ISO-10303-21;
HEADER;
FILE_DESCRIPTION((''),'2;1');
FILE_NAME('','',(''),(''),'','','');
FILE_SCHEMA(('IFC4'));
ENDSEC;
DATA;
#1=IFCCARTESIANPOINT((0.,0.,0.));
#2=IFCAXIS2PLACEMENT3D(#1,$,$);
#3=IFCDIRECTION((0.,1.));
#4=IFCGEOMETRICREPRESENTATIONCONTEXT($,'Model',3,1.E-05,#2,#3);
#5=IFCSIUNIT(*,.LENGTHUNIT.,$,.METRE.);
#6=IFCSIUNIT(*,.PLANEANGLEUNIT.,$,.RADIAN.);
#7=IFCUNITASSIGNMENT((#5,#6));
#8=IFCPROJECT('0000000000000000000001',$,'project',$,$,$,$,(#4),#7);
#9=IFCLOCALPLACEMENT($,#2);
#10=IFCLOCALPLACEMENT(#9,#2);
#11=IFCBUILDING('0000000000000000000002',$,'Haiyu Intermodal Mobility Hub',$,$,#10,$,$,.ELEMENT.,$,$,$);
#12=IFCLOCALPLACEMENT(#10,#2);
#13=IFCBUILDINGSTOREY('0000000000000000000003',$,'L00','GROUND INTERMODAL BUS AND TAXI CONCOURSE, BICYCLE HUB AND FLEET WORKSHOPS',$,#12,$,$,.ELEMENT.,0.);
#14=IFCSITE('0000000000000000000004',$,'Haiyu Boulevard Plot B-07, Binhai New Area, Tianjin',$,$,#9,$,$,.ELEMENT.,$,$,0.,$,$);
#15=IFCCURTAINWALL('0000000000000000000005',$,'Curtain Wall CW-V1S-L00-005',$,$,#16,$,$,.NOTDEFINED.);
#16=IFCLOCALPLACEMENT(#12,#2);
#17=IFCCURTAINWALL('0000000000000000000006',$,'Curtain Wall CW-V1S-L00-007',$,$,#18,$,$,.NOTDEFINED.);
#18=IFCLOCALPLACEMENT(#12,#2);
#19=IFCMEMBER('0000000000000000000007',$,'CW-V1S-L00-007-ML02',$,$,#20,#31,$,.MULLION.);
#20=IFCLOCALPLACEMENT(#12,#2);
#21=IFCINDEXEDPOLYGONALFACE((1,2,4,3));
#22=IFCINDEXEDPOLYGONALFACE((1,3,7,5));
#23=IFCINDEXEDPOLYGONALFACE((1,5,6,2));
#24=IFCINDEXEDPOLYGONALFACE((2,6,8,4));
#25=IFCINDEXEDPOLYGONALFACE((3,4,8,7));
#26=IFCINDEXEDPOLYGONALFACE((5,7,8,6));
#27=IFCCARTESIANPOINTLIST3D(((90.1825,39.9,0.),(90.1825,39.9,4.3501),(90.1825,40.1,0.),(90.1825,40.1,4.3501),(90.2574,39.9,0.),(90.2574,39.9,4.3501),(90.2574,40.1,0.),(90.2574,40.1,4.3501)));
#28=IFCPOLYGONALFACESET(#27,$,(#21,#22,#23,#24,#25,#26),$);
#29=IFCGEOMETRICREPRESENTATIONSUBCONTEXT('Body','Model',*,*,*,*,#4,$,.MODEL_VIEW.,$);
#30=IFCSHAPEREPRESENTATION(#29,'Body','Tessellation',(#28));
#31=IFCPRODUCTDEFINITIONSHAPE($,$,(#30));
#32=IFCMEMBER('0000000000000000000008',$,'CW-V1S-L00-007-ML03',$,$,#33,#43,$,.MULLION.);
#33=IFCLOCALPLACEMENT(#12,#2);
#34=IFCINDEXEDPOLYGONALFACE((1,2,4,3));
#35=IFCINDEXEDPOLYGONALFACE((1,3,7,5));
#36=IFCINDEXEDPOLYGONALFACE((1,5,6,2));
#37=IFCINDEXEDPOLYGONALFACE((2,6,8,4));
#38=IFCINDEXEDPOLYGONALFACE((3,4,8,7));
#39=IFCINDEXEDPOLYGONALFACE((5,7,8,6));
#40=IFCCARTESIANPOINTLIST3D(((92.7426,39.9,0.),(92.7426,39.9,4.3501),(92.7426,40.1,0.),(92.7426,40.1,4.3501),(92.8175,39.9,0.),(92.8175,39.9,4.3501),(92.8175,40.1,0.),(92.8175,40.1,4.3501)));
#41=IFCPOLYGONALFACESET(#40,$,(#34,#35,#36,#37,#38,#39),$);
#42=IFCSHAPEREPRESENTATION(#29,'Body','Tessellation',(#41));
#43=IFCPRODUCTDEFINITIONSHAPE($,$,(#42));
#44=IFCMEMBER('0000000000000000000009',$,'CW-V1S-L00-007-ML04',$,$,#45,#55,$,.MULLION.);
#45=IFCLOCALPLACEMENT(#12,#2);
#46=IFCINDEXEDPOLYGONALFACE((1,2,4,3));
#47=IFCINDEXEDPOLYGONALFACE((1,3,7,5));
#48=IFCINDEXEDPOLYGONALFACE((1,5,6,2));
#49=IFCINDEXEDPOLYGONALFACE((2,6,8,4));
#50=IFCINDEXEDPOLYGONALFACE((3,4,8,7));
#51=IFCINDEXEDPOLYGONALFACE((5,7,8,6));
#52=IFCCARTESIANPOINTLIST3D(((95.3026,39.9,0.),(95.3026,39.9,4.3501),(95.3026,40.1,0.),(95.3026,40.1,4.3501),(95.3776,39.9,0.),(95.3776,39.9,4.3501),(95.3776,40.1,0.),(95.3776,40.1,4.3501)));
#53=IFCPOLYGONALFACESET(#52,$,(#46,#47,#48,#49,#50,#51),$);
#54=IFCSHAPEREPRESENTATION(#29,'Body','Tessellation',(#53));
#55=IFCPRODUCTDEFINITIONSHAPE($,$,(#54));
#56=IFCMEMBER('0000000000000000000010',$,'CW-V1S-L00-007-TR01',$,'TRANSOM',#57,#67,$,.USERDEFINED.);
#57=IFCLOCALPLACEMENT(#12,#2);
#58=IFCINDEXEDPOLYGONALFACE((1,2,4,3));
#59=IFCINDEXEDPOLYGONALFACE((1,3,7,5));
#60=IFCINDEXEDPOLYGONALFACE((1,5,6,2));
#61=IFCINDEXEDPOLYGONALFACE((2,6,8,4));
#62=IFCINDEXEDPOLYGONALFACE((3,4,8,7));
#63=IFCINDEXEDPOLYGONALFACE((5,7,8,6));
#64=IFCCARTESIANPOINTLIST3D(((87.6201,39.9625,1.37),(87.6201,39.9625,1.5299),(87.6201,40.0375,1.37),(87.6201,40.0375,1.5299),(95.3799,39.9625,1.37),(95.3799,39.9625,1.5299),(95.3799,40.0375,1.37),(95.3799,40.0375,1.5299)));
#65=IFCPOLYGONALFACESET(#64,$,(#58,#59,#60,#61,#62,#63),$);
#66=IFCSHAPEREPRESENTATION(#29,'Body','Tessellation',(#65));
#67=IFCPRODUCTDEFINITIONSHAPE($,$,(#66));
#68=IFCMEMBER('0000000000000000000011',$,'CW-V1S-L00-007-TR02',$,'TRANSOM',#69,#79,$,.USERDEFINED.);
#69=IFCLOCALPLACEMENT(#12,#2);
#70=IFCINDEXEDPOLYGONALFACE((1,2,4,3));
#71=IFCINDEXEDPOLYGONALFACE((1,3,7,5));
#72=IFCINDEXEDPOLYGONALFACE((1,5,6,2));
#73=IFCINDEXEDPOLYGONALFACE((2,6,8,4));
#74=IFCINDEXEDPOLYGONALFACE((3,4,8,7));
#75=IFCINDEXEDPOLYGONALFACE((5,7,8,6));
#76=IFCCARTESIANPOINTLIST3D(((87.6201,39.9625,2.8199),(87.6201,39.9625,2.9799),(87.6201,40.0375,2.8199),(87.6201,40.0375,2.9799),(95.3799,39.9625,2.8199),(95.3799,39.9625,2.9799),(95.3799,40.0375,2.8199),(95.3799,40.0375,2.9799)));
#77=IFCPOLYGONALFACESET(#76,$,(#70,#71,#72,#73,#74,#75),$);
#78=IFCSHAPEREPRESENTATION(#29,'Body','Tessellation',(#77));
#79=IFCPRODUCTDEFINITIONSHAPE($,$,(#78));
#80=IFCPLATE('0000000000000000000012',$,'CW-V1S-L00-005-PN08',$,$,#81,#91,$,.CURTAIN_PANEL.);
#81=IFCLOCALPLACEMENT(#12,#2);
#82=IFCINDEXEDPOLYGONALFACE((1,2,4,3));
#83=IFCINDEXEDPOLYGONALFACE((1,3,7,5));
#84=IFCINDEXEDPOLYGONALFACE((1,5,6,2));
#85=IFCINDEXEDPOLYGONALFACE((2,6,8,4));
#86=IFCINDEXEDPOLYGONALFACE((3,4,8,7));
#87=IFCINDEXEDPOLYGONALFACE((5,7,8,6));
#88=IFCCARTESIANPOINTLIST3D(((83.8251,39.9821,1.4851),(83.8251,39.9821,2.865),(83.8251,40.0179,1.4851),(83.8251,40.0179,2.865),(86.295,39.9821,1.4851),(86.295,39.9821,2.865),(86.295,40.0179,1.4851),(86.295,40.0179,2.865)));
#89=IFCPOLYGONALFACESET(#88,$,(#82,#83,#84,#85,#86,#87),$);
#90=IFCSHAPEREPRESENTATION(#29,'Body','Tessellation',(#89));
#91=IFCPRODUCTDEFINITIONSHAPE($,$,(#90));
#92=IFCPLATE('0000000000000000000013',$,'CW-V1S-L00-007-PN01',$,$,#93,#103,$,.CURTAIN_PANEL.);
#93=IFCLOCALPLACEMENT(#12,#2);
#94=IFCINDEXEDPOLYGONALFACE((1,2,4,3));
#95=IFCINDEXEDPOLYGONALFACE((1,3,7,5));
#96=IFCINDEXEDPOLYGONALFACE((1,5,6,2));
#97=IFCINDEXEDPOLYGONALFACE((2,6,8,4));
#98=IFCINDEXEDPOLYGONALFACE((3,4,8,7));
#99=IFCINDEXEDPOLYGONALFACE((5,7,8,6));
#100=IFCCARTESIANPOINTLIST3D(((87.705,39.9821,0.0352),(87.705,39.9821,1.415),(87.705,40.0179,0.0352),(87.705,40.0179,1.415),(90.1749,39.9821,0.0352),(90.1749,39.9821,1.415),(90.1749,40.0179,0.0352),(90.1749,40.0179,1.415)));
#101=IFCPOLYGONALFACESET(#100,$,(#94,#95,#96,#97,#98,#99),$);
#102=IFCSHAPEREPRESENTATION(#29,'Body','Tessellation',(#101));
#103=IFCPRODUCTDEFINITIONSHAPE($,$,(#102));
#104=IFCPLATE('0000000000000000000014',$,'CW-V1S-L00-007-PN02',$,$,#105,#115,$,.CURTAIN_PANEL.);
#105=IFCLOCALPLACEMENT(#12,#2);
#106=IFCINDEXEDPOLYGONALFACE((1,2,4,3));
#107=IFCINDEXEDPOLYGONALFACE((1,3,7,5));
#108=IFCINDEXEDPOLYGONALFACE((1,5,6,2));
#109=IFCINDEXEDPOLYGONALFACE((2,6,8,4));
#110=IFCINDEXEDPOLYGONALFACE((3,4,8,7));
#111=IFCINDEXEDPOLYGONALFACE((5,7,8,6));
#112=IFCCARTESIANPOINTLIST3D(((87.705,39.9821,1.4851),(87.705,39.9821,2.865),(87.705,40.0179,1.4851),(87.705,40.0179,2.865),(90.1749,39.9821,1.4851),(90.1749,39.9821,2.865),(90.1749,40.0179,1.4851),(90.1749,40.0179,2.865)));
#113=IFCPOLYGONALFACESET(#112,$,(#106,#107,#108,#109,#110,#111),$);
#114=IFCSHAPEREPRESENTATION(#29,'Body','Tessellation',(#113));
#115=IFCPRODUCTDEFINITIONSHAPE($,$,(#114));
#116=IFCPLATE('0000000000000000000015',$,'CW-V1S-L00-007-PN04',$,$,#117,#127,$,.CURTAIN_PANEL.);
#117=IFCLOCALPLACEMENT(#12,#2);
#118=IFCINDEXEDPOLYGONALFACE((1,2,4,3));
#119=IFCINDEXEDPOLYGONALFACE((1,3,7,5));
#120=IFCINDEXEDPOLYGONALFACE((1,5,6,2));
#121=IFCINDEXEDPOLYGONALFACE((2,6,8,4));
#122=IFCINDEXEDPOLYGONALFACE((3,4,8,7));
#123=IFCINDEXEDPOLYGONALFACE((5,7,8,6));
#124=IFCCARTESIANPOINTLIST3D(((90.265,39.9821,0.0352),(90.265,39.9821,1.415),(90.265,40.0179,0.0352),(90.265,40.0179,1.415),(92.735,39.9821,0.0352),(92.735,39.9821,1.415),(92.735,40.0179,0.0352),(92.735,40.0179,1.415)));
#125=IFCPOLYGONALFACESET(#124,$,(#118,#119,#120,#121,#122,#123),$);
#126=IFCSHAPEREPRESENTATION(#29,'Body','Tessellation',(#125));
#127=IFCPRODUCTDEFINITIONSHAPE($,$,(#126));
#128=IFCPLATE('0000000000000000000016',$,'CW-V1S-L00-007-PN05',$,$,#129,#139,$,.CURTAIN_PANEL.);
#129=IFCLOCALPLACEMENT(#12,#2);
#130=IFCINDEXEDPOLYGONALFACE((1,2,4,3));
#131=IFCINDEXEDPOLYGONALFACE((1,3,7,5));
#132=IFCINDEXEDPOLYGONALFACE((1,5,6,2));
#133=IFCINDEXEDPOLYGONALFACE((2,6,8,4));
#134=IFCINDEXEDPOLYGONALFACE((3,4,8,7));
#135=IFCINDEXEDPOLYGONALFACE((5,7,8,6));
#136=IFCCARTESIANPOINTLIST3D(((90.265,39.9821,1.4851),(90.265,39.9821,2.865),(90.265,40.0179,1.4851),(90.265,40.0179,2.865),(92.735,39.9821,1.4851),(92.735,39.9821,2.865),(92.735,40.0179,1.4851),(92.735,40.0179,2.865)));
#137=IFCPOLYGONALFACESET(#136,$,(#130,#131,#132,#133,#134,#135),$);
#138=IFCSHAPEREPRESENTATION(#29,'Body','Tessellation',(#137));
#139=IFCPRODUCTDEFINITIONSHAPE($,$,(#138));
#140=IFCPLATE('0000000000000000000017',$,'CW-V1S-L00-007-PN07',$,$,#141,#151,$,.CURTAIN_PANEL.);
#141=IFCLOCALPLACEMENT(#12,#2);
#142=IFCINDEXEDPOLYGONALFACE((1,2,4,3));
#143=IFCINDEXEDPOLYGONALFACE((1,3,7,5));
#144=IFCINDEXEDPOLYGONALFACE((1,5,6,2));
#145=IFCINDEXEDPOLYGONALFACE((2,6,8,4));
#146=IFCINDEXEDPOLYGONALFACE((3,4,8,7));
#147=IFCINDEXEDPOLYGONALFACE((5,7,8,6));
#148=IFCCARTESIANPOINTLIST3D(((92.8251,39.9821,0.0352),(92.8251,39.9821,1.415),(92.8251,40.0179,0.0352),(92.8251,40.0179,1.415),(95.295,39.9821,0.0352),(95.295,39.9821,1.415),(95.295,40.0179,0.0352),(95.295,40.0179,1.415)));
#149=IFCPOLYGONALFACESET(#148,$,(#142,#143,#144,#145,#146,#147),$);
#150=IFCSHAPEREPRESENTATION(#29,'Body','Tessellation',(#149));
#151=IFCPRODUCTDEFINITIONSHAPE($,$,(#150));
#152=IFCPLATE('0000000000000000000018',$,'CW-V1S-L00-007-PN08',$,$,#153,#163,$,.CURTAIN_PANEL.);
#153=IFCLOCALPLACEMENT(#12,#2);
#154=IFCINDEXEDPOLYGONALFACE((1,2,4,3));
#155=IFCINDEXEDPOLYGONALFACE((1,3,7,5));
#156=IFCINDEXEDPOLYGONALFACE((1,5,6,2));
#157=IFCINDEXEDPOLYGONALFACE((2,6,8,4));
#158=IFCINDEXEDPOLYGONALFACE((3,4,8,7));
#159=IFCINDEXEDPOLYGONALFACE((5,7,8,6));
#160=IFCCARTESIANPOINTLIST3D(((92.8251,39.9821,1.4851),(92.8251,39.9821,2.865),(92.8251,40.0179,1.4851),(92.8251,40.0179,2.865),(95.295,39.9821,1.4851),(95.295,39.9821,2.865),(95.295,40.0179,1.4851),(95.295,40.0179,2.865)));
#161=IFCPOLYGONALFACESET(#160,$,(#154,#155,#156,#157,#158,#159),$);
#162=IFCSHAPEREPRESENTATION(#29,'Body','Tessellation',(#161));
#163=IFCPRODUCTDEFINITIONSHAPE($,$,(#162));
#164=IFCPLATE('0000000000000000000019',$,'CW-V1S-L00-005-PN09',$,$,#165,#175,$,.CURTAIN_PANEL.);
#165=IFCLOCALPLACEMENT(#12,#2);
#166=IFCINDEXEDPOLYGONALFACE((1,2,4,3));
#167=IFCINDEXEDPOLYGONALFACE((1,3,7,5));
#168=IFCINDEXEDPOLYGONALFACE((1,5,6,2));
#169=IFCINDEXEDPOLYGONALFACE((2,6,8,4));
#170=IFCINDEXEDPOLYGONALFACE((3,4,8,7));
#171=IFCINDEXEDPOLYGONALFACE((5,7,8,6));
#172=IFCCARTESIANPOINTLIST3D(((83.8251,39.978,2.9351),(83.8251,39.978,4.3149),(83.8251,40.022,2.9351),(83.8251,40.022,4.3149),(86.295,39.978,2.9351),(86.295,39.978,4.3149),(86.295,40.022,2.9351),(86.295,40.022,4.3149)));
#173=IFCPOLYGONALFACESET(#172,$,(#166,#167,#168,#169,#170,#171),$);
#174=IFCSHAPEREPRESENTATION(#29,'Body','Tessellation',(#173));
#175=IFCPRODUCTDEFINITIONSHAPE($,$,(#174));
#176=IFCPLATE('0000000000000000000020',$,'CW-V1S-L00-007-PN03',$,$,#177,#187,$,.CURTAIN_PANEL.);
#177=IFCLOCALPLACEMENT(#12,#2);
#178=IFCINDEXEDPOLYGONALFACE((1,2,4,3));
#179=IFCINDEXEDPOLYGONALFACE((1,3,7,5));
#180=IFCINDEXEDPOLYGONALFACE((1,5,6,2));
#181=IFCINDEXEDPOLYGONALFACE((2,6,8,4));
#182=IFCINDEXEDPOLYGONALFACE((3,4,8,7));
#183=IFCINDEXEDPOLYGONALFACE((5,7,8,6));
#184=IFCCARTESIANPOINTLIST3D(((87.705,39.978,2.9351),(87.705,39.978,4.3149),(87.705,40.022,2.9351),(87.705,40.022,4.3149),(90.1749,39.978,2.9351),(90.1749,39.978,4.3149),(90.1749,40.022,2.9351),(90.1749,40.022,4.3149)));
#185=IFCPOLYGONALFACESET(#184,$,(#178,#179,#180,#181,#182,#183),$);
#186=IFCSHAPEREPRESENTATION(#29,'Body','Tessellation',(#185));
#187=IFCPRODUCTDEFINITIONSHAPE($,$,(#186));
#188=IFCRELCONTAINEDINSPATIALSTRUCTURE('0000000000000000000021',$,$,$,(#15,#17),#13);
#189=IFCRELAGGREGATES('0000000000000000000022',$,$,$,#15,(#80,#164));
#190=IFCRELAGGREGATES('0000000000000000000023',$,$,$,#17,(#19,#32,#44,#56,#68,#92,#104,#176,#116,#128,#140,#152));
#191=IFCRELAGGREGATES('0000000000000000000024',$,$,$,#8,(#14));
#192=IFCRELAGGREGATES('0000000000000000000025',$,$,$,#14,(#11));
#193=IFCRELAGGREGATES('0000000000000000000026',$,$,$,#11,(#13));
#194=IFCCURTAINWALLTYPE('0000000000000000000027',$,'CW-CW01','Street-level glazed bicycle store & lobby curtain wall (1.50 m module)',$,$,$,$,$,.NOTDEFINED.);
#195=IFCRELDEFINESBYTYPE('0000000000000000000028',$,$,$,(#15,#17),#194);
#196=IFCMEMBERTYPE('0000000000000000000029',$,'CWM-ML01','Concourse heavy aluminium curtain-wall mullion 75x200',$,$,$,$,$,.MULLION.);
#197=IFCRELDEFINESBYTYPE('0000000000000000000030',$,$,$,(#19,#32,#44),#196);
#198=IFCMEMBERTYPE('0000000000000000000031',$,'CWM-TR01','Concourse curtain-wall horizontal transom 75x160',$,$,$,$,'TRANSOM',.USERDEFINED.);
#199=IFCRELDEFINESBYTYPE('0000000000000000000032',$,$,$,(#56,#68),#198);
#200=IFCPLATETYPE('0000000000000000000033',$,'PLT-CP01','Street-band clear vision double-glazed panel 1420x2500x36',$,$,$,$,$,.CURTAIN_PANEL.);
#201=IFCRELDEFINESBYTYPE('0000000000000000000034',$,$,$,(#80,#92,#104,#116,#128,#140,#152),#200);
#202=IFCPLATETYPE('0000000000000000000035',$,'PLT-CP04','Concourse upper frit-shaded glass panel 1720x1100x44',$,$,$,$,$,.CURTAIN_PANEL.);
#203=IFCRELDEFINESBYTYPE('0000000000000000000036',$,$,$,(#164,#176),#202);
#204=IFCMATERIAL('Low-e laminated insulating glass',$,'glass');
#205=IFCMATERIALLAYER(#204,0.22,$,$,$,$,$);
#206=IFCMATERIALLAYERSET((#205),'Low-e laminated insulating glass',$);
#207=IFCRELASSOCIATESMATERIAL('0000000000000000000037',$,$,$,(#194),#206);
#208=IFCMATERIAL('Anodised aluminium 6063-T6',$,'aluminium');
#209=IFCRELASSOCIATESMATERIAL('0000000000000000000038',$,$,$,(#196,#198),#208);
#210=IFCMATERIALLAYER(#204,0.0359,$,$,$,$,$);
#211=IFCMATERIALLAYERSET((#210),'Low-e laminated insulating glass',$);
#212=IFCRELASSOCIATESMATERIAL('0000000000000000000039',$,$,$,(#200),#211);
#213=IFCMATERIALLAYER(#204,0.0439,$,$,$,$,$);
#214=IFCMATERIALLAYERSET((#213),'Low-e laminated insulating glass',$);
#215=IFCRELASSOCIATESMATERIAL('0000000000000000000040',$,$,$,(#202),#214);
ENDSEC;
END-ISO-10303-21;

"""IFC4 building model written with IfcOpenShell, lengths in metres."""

from ifc_helpers import new_model, si_unit, direction, frame, origin, origin_2d, place, context, subcontext, project, spatial, rectangle, extrude, material, layer, layer_set, material_profile, profile_set, type_object, element, aggregate, save


model = new_model("IFC4")

# Units and contexts
model_context = context("Model", 3, precision=1e-05, world=origin(), true_north=direction((0.0, 1.0)))
body_context = subcontext(model_context, "Body", "Model", "MODEL_VIEW")
ifc_project = project(units=[si_unit("LENGTHUNIT", "METRE"), si_unit("PLANEANGLEUNIT", "RADIAN")], contexts=[model_context])

# Site, building, storey
site_placement = place(None, origin())
site = spatial("IfcSite", under=ifc_project, at=site_placement, Name="Haiyu Boulevard Plot B-07, Binhai New Area, Tianjin", CompositionType="ELEMENT", RefElevation=0.0)
building_placement = place(site_placement, origin())
building = spatial("IfcBuilding", under=site, at=building_placement, Name="Haiyu Intermodal Mobility Hub", CompositionType="ELEMENT")
storey_placement = place(building_placement, origin())
storey = spatial("IfcBuildingStorey", under=building, at=storey_placement, Name="L00", Description="GROUND INTERMODAL BUS AND TAXI CONCOURSE, BICYCLE HUB AND FLEET WORKSHOPS", CompositionType="ELEMENT", Elevation=0.0)

# Curtain wall
ifc_material_1 = material(Name="Low-e laminated insulating glass", Category="glass")
ifc_layer_1 = layer(ifc_material_1, 0.22)
ifc_layer_set_1 = layer_set([ifc_layer_1], Name="Low-e laminated insulating glass")
curtain_wall_type = type_object("IfcCurtainWallType", Name="CW-CW01", Description="Street-level glazed bicycle store & lobby curtain wall (1.50 m module)", PredefinedType="NOTDEFINED", material=ifc_layer_set_1)
curtain_wall_1_placement = place(storey_placement, origin())
curtain_wall_1 = element("IfcCurtainWall", 1, at=curtain_wall_1_placement, inside=storey, type_object=curtain_wall_type, Name="Curtain Wall CW-V1S-L00-005", PredefinedType="NOTDEFINED")
ifc_material_2 = material(Name="Anodised aluminium 6063-T6", Category="aluminium")
ifc_material_profile_1 = material_profile(ifc_material_2, rectangle(XDim=0.075, YDim=0.2, at=origin_2d()), Name="ALU75x200")
ifc_profile_set_1 = profile_set([ifc_material_profile_1], Name="Anodised aluminium 6063-T6")
member_type_1 = type_object("IfcMemberType", Name="CWM-ML01", Description="Concourse heavy aluminium curtain-wall mullion 75x200", PredefinedType="MULLION", material=ifc_profile_set_1)

# Curtain wall, members
curtain_wall_2_placement = place(storey_placement, origin())
curtain_wall_2 = element("IfcCurtainWall", 2, at=curtain_wall_2_placement, inside=storey, type_object=curtain_wall_type, Name="Curtain Wall CW-V1S-L00-007", PredefinedType="NOTDEFINED")
member_1_placement = place(storey_placement, frame((90.22, 40.0, 0.0), z_axis=(0.0, 0.0, 1.0), x_axis=(1.0, 0.0, 0.0)))
member_1 = element("IfcMember", 3, at=member_1_placement, type_object=member_type_1, Name="CW-V1S-L00-007-ML02", PredefinedType="MULLION", context=body_context, shape_type="SweptSolid", body=[
    extrude(rectangle(XDim=0.075, YDim=0.2, at=origin_2d()), origin(), (0.0, 0.0, 1.0), 4.3501),
])
member_2_placement = place(storey_placement, frame((92.78, 40.0, 0.0), z_axis=(0.0, 0.0, 1.0), x_axis=(1.0, 0.0, 0.0)))
member_2 = element("IfcMember", 4, at=member_2_placement, type_object=member_type_1, Name="CW-V1S-L00-007-ML03", PredefinedType="MULLION", context=body_context, shape_type="SweptSolid", body=[
    extrude(rectangle(XDim=0.075, YDim=0.2, at=origin_2d()), origin(), (0.0, 0.0, 1.0), 4.3501),
])
member_3_placement = place(storey_placement, frame((95.3401, 40.0, 0.0), z_axis=(0.0, 0.0, 1.0), x_axis=(1.0, 0.0, 0.0)))
member_3 = element("IfcMember", 5, at=member_3_placement, type_object=member_type_1, Name="CW-V1S-L00-007-ML04", PredefinedType="MULLION", context=body_context, shape_type="SweptSolid", body=[
    extrude(rectangle(XDim=0.075, YDim=0.2, at=origin_2d()), origin(), (0.0, 0.0, 1.0), 4.3501),
])
ifc_material_profile_2 = material_profile(ifc_material_2, rectangle(XDim=0.075, YDim=0.1599, at=origin_2d()), Name="ALU75x160")
ifc_profile_set_2 = profile_set([ifc_material_profile_2], Name="Anodised aluminium 6063-T6")
member_type_2 = type_object("IfcMemberType", Name="CWM-TR01", Description="Concourse curtain-wall horizontal transom 75x160", ElementType="TRANSOM", PredefinedType="USERDEFINED", material=ifc_profile_set_2)
member_4_placement = place(storey_placement, frame((87.6201, 40.0, 1.45), z_axis=(1.0, 0.0, 0.0), x_axis=(0.0, 1.0, 0.0)))
member_4 = element("IfcMember", 6, at=member_4_placement, type_object=member_type_2, Name="CW-V1S-L00-007-TR01", ObjectType="TRANSOM", PredefinedType="USERDEFINED", context=body_context, shape_type="SweptSolid", body=[
    extrude(rectangle(XDim=0.075, YDim=0.1599, at=origin_2d()), origin(), (0.0, 0.0, 1.0), 7.7598),
])
member_5_placement = place(storey_placement, frame((87.6201, 40.0, 2.8999), z_axis=(1.0, 0.0, 0.0), x_axis=(0.0, 1.0, 0.0)))
member_5 = element("IfcMember", 7, at=member_5_placement, type_object=member_type_2, Name="CW-V1S-L00-007-TR02", ObjectType="TRANSOM", PredefinedType="USERDEFINED", context=body_context, shape_type="SweptSolid", body=[
    extrude(rectangle(XDim=0.075, YDim=0.1599, at=origin_2d()), origin(), (0.0, 0.0, 1.0), 7.7598),
])

# Plates
ifc_layer_2 = layer(ifc_material_1, 0.0359)
ifc_layer_set_2 = layer_set([ifc_layer_2], Name="Low-e laminated insulating glass")
plate_type_1 = type_object("IfcPlateType", Name="PLT-CP01", Description="Street-band clear vision double-glazed panel 1420x2500x36", PredefinedType="CURTAIN_PANEL", material=ifc_layer_set_2)
plate_1_placement = place(storey_placement, frame((85.0601, 40.0, 1.4851), z_axis=(0.0, 0.0, 1.0), x_axis=(1.0, 0.0, 0.0)))
plate_1 = element("IfcPlate", 8, at=plate_1_placement, type_object=plate_type_1, Name="CW-V1S-L00-005-PN08", PredefinedType="CURTAIN_PANEL", context=body_context, shape_type="SweptSolid", body=[
    extrude(rectangle(XDim=2.47, YDim=0.0359, at=origin_2d()), origin(), (0.0, 0.0, 1.0), 1.3799),
])
plate_2_placement = place(storey_placement, frame((88.9399, 40.0, 0.0352), z_axis=(0.0, 0.0, 1.0), x_axis=(1.0, 0.0, 0.0)))
plate_2 = element("IfcPlate", 9, at=plate_2_placement, type_object=plate_type_1, Name="CW-V1S-L00-007-PN01", PredefinedType="CURTAIN_PANEL", context=body_context, shape_type="SweptSolid", body=[
    extrude(rectangle(XDim=2.47, YDim=0.0359, at=origin_2d()), origin(), (0.0, 0.0, 1.0), 1.3799),
])
plate_3_placement = place(storey_placement, frame((88.9399, 40.0, 1.4851), z_axis=(0.0, 0.0, 1.0), x_axis=(1.0, 0.0, 0.0)))
plate_3 = element("IfcPlate", 10, at=plate_3_placement, type_object=plate_type_1, Name="CW-V1S-L00-007-PN02", PredefinedType="CURTAIN_PANEL", context=body_context, shape_type="SweptSolid", body=[
    extrude(rectangle(XDim=2.47, YDim=0.0359, at=origin_2d()), origin(), (0.0, 0.0, 1.0), 1.3799),
])
plate_4_placement = place(storey_placement, frame((91.5, 40.0, 0.0352), z_axis=(0.0, 0.0, 1.0), x_axis=(1.0, 0.0, 0.0)))
plate_4 = element("IfcPlate", 11, at=plate_4_placement, type_object=plate_type_1, Name="CW-V1S-L00-007-PN04", PredefinedType="CURTAIN_PANEL", context=body_context, shape_type="SweptSolid", body=[
    extrude(rectangle(XDim=2.47, YDim=0.0359, at=origin_2d()), origin(), (0.0, 0.0, 1.0), 1.3799),
])
plate_5_placement = place(storey_placement, frame((91.5, 40.0, 1.4851), z_axis=(0.0, 0.0, 1.0), x_axis=(1.0, 0.0, 0.0)))
plate_5 = element("IfcPlate", 12, at=plate_5_placement, type_object=plate_type_1, Name="CW-V1S-L00-007-PN05", PredefinedType="CURTAIN_PANEL", context=body_context, shape_type="SweptSolid", body=[
    extrude(rectangle(XDim=2.47, YDim=0.0359, at=origin_2d()), origin(), (0.0, 0.0, 1.0), 1.3799),
])
plate_6_placement = place(storey_placement, frame((94.0601, 40.0, 0.0352), z_axis=(0.0, 0.0, 1.0), x_axis=(1.0, 0.0, 0.0)))
plate_6 = element("IfcPlate", 13, at=plate_6_placement, type_object=plate_type_1, Name="CW-V1S-L00-007-PN07", PredefinedType="CURTAIN_PANEL", context=body_context, shape_type="SweptSolid", body=[
    extrude(rectangle(XDim=2.47, YDim=0.0359, at=origin_2d()), origin(), (0.0, 0.0, 1.0), 1.3799),
])
plate_7_placement = place(storey_placement, frame((94.0601, 40.0, 1.4851), z_axis=(0.0, 0.0, 1.0), x_axis=(1.0, 0.0, 0.0)))
plate_7 = element("IfcPlate", 14, at=plate_7_placement, type_object=plate_type_1, Name="CW-V1S-L00-007-PN08", PredefinedType="CURTAIN_PANEL", context=body_context, shape_type="SweptSolid", body=[
    extrude(rectangle(XDim=2.47, YDim=0.0359, at=origin_2d()), origin(), (0.0, 0.0, 1.0), 1.3799),
])
ifc_layer_3 = layer(ifc_material_1, 0.0439)
ifc_layer_set_3 = layer_set([ifc_layer_3], Name="Low-e laminated insulating glass")
plate_type_2 = type_object("IfcPlateType", Name="PLT-CP04", Description="Concourse upper frit-shaded glass panel 1720x1100x44", PredefinedType="CURTAIN_PANEL", material=ifc_layer_set_3)
plate_8_placement = place(storey_placement, frame((85.0601, 40.0, 2.9351), z_axis=(0.0, 0.0, 1.0), x_axis=(1.0, 0.0, 0.0)))
plate_8 = element("IfcPlate", 15, at=plate_8_placement, type_object=plate_type_2, Name="CW-V1S-L00-005-PN09", PredefinedType="CURTAIN_PANEL", context=body_context, shape_type="SweptSolid", body=[
    extrude(rectangle(XDim=2.47, YDim=0.0439, at=origin_2d()), origin(), (0.0, 0.0, 1.0), 1.3799),
])
aggregate(curtain_wall_1, [plate_1, plate_8])
plate_9_placement = place(storey_placement, frame((88.9399, 40.0, 2.9351), z_axis=(0.0, 0.0, 1.0), x_axis=(1.0, 0.0, 0.0)))
plate_9 = element("IfcPlate", 16, at=plate_9_placement, type_object=plate_type_2, Name="CW-V1S-L00-007-PN03", PredefinedType="CURTAIN_PANEL", context=body_context, shape_type="SweptSolid", body=[
    extrude(rectangle(XDim=2.47, YDim=0.0439, at=origin_2d()), origin(), (0.0, 0.0, 1.0), 1.3799),
])
aggregate(curtain_wall_2, [member_1, member_2, member_3, member_4, member_5, plate_2, plate_3, plate_9, plate_4, plate_5, plate_6, plate_7])

save(model, "model.ifc")
